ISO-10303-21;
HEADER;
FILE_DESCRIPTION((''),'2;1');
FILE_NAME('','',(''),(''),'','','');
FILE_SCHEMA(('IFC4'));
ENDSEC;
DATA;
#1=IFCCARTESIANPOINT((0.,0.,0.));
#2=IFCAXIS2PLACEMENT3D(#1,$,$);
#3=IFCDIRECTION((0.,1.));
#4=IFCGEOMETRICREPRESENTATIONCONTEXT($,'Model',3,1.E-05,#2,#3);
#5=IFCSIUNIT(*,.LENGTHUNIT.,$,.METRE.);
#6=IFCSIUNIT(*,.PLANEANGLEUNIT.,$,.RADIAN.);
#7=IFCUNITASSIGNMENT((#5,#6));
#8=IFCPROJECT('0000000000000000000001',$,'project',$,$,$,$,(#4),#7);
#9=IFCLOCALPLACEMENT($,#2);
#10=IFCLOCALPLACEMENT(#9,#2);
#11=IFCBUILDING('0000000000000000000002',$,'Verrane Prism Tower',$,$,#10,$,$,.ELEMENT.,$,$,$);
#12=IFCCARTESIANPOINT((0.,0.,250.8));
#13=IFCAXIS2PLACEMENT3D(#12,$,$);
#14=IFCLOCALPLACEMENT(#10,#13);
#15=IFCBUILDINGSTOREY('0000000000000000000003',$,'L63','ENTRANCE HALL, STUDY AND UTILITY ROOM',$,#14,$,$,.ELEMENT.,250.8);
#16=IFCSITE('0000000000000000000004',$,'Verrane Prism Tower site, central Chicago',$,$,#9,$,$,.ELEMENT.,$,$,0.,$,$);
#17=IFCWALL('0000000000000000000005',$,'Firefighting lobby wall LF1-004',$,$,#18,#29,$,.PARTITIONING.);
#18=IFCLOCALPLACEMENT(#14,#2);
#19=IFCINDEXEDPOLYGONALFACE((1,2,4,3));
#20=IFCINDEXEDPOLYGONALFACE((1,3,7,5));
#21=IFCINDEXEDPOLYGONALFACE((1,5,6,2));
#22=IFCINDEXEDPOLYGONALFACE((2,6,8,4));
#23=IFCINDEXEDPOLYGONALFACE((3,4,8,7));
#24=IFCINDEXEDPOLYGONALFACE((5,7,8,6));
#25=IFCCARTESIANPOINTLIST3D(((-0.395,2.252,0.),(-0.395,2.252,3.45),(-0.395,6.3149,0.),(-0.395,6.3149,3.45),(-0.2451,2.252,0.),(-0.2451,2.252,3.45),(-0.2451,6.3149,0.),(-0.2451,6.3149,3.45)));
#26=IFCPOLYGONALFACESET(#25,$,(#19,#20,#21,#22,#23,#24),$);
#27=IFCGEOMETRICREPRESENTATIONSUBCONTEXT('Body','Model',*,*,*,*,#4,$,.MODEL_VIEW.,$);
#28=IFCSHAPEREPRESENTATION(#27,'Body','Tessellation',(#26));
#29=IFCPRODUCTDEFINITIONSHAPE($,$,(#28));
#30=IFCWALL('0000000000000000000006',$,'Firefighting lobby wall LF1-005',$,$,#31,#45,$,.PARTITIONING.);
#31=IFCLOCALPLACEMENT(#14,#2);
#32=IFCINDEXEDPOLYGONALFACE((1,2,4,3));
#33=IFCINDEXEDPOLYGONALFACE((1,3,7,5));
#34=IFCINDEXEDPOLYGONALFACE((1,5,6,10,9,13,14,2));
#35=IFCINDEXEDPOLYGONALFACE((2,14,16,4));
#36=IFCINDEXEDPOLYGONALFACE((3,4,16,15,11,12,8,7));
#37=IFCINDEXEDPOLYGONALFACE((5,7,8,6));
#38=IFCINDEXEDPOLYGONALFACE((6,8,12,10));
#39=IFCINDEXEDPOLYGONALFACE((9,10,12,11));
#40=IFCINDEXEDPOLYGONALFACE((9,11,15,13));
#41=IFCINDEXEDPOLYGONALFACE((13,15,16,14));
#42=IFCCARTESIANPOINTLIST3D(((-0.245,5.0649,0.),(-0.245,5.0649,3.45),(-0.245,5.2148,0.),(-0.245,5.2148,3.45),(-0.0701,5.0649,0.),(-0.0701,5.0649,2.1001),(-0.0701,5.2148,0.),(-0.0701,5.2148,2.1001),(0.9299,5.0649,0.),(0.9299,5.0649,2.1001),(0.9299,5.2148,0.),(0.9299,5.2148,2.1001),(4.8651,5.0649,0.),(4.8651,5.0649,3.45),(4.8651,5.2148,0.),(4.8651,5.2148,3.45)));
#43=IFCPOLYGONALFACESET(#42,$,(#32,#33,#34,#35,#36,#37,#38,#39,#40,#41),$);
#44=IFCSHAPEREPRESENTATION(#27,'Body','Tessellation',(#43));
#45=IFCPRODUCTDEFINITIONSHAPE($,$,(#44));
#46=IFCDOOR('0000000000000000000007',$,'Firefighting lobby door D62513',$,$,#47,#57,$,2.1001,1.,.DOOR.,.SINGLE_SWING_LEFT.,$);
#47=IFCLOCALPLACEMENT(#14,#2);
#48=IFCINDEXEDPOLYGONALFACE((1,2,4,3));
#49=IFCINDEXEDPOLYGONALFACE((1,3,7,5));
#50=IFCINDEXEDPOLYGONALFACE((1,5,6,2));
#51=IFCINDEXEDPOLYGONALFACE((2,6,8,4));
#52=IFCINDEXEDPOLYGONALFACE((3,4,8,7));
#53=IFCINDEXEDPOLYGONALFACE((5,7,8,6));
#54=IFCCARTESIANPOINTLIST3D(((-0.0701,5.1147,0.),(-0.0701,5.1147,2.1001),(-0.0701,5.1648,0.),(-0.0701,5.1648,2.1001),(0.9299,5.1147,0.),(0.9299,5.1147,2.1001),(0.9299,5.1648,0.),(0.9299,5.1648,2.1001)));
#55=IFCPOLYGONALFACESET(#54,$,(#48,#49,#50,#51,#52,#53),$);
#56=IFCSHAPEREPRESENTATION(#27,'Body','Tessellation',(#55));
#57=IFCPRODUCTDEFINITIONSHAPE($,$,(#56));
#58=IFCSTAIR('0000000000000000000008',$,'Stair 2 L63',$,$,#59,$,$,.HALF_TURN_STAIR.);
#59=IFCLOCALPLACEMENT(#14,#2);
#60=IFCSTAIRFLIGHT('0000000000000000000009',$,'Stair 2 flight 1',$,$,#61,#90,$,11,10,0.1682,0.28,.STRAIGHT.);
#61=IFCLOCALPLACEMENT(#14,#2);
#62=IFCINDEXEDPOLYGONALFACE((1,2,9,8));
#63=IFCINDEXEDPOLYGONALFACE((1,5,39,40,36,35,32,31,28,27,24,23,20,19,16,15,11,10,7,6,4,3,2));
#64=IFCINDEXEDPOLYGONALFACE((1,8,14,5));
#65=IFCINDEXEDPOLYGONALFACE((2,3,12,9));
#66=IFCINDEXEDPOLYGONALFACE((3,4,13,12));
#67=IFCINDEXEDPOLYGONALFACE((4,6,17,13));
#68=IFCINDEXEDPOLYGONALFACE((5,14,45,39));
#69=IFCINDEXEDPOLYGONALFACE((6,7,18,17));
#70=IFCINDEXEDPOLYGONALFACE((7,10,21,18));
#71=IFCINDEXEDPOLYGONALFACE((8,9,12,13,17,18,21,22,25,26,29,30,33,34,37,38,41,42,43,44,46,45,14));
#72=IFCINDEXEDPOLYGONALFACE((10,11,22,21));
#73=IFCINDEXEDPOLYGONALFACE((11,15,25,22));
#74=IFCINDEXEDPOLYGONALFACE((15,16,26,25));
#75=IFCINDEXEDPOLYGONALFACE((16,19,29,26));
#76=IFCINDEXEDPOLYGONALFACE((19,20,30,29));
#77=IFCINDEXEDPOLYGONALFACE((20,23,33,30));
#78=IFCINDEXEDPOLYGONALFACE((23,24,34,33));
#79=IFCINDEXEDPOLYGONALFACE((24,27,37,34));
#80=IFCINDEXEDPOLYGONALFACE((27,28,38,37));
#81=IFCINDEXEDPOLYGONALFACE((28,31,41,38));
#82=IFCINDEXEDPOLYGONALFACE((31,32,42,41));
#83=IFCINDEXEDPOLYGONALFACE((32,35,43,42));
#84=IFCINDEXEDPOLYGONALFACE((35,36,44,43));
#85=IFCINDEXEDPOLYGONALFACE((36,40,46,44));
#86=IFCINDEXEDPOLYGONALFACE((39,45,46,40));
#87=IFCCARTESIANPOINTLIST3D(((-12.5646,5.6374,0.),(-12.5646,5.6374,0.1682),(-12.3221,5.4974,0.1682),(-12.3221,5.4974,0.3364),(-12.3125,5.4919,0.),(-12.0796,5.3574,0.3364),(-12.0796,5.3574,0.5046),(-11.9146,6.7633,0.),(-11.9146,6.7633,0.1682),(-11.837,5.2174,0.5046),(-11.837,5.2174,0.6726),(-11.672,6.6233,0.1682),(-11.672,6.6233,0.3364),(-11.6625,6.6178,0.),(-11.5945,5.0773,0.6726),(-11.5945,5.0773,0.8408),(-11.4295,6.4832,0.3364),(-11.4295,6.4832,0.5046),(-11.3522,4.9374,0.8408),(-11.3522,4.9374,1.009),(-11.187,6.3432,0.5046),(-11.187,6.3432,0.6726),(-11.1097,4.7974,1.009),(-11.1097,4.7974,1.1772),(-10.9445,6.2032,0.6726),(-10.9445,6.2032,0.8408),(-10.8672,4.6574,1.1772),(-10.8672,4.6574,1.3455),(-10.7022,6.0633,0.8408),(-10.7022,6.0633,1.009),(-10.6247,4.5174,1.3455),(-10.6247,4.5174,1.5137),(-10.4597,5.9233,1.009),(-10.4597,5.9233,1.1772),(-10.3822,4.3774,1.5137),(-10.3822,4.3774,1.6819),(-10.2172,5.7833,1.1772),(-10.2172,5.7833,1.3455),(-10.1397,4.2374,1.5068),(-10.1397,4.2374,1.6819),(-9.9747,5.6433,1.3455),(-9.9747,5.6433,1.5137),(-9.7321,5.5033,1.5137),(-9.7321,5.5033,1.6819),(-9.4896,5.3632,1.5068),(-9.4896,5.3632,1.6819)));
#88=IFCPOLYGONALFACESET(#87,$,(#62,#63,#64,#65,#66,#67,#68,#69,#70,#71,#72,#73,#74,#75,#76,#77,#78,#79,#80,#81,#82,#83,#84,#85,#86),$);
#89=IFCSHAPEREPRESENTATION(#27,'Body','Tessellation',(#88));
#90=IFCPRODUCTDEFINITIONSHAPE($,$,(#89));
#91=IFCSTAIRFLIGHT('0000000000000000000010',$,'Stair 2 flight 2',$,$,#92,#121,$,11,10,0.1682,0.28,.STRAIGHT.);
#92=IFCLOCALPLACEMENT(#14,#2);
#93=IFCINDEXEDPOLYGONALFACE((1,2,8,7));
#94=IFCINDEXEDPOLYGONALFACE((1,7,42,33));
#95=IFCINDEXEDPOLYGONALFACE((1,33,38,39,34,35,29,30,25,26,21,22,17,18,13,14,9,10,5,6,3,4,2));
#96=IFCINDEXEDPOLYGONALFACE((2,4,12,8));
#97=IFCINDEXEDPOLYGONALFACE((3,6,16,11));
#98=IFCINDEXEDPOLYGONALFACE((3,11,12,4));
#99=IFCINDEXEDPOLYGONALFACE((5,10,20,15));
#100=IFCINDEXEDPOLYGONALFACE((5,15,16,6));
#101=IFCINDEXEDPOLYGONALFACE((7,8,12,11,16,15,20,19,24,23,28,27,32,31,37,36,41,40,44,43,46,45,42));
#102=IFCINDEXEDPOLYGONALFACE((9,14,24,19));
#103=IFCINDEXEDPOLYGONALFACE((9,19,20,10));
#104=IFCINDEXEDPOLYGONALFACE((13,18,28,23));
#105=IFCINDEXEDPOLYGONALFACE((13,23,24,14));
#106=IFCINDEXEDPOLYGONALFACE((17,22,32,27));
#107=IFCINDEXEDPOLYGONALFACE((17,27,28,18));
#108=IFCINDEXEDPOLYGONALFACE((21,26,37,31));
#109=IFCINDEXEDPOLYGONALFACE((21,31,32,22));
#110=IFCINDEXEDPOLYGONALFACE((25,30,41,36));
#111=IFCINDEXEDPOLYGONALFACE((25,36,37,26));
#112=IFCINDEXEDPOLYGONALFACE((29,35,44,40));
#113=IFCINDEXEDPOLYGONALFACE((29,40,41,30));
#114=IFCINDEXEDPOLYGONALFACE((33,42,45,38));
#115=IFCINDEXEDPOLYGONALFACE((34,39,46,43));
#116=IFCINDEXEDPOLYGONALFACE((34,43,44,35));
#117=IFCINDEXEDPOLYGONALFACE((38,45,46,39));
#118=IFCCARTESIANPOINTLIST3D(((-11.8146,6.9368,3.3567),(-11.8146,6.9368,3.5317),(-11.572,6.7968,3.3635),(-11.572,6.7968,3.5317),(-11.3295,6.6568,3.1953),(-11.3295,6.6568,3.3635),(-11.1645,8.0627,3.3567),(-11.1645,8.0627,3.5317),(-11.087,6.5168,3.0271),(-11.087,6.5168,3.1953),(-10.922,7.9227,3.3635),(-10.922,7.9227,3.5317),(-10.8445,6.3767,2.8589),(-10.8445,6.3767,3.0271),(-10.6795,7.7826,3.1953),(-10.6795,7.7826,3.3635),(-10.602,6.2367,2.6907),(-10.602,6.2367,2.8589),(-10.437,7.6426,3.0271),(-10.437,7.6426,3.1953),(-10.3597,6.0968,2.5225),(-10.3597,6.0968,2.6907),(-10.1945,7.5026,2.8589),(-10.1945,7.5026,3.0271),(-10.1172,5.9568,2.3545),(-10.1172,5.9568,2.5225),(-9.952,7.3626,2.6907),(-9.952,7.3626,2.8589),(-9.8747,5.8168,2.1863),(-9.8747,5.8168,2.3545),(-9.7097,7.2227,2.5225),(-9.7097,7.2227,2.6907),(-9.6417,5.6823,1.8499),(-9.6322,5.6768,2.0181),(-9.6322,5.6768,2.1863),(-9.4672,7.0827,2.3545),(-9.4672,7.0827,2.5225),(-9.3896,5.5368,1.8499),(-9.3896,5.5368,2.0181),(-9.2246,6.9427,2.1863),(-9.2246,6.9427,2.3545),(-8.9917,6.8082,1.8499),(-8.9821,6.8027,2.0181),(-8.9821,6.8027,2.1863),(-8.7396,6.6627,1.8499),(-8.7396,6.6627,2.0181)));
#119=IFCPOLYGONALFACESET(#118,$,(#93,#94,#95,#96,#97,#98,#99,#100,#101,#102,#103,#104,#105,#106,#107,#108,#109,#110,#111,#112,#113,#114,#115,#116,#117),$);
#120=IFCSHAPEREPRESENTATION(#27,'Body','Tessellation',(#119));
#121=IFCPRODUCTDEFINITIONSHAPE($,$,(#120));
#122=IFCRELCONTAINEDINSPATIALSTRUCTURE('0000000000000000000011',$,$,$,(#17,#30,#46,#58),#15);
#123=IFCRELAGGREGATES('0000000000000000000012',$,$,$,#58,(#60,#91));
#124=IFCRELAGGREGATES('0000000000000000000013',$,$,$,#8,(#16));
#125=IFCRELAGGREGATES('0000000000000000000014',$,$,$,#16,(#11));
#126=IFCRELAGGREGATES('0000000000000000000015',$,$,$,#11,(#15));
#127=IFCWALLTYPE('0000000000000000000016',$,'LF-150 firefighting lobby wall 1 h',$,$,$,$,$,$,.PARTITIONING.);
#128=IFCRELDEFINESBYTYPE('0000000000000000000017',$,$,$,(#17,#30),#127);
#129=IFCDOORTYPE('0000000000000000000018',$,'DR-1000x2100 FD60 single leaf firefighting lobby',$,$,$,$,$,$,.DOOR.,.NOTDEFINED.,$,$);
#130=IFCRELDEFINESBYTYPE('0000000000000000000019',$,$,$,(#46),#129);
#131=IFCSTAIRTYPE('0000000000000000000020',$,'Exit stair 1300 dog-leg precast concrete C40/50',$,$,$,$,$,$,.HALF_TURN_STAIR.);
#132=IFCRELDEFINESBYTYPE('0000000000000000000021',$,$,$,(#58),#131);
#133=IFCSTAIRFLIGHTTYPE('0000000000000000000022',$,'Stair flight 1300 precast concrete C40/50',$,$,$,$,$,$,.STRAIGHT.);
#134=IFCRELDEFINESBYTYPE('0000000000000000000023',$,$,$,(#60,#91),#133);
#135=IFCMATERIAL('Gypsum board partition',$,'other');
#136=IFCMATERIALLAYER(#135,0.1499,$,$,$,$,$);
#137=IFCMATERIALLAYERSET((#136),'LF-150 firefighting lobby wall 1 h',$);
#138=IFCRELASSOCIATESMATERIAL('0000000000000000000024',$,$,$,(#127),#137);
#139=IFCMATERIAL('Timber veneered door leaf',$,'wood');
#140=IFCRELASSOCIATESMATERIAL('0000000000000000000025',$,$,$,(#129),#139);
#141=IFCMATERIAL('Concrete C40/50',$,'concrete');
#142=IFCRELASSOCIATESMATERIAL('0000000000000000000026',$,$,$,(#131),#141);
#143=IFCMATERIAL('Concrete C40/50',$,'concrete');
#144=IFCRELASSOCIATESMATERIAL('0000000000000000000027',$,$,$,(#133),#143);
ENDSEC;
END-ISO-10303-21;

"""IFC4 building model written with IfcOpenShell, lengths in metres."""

from ifc_helpers import new_model, si_unit, direction, frame, frame_2d, origin, place, context, subcontext, project, spatial, polyline, rectangle, outline, extrude, material, layer, layer_set, type_object, element, fill, aggregate, save


model = new_model("IFC4")

# Units and contexts
model_context = context("Model", 3, precision=1e-05, world=origin(), true_north=direction((0.0, 1.0)))
body_context = subcontext(model_context, "Body", "Model", "MODEL_VIEW")
ifc_project = project(units=[si_unit("LENGTHUNIT", "METRE"), si_unit("PLANEANGLEUNIT", "RADIAN")], contexts=[model_context])

# Site, building, storey
site_placement = place(None, origin())
site = spatial("IfcSite", under=ifc_project, at=site_placement, Name="Verrane Prism Tower site, central Chicago", CompositionType="ELEMENT", RefElevation=0.0)
building_placement = place(site_placement, origin())
building = spatial("IfcBuilding", under=site, at=building_placement, Name="Verrane Prism Tower", CompositionType="ELEMENT")
storey_placement = place(building_placement, frame((0.0, 0.0, 250.8)))
storey = spatial("IfcBuildingStorey", under=building, at=storey_placement, Name="L63", Description="ENTRANCE HALL, STUDY AND UTILITY ROOM", CompositionType="ELEMENT", Elevation=250.8)

# Shared definitions
ifc_material_1 = material(Name="Gypsum board partition", Category="other")
ifc_layer_1 = layer(ifc_material_1, 0.1499)
ifc_layer_set_1 = layer_set([ifc_layer_1], Name="LF-150 firefighting lobby wall 1 h")
wall_type_1 = type_object("IfcWallType", Name="LF-150 firefighting lobby wall 1 h", PredefinedType="PARTITIONING", material=ifc_layer_set_1)
ifc_material_2 = material(Name="Timber veneered door leaf", Category="wood")
door_type_1 = type_object("IfcDoorType", Name="DR-1000x2100 FD60 single leaf firefighting lobby", OperationType="NOTDEFINED", PredefinedType="DOOR", material=ifc_material_2)

# Wall
wall_1_placement = place(storey_placement, frame((-0.3201, 2.252, 0.0), z_axis=(0.0, 0.0, 1.0), x_axis=(0.0, 1.0, 0.0)))
element("IfcWall", 1, at=wall_1_placement, inside=storey, type_object=wall_type_1, Name="Firefighting lobby wall LF1-004", PredefinedType="PARTITIONING", context=body_context, shape_type="SweptSolid", body=[
    extrude(rectangle(XDim=4.063, YDim=0.1499, at=frame_2d((2.0315, 0.0))), origin(), (0.0, 0.0, 1.0), 3.45),
])

# Wall, opening, door
wall_2_placement = place(storey_placement, frame((-0.2451, 5.1399, 0.0), z_axis=(0.0, 0.0, 1.0), x_axis=(1.0, 0.0, 0.0)))
wall_2 = element("IfcWall", 2, at=wall_2_placement, inside=storey, type_object=wall_type_1, Name="Firefighting lobby wall LF1-005", PredefinedType="PARTITIONING", context=body_context, shape_type="SweptSolid", body=[
    extrude(rectangle(XDim=5.1101, YDim=0.1499, at=frame_2d((2.5552, 0.0))), origin(), (0.0, 0.0, 1.0), 3.45),
])
opening_1_placement = place(wall_2_placement, frame((0.175, 0.0, 0.0)))
opening_1 = element("IfcOpeningElement", 3, at=opening_1_placement, cuts=wall_2, PredefinedType="OPENING", context=body_context, shape_type="SweptSolid", body=[
    extrude(rectangle(XDim=1.0, YDim=2.1001, at=frame_2d((0.5, 1.05))), frame((0.0, 0.085, 0.0), z_axis=(0.0, -1.0, 0.0), x_axis=(1.0, 0.0, 0.0)), (0.0, 0.0, 1.0), 0.1699),
])
door_1_placement = place(opening_1_placement, origin())
door_1 = element("IfcDoor", 4, at=door_1_placement, inside=storey, type_object=door_type_1, Name="Firefighting lobby door D62513", OperationType="SINGLE_SWING_LEFT", OverallHeight=2.1001, OverallWidth=1.0, PredefinedType="DOOR", context=body_context, shape_type="SweptSolid", body=[
    extrude(rectangle(XDim=1.0, YDim=2.1001, at=frame_2d((0.5, 1.05))), frame((0.0, 0.0249, 0.0), z_axis=(0.0, -1.0, 0.0), x_axis=(1.0, 0.0, 0.0)), (0.0, 0.0, 1.0), 0.05),
])
fill(opening_1, door_1)

# Stair, stair flights
ifc_material_3 = material(Name="Concrete C40/50", Category="concrete")
stair_type = type_object("IfcStairType", Name="Exit stair 1300 dog-leg precast concrete C40/50", PredefinedType="HALF_TURN_STAIR", material=ifc_material_3)
stair_placement = place(storey_placement, origin())
stair = element("IfcStair", 5, at=stair_placement, inside=storey, type_object=stair_type, Name="Stair 2 L63", PredefinedType="HALF_TURN_STAIR")
ifc_material_4 = material(Name="Concrete C40/50", Category="concrete")
stair_flight_type = type_object("IfcStairFlightType", Name="Stair flight 1300 precast concrete C40/50", PredefinedType="STRAIGHT", material=ifc_material_4)
stair_flight_1_placement = place(storey_placement, frame((-12.2395, 6.2004, 0.0), z_axis=(0.0, 0.0, 1.0), x_axis=(0.866025, -0.5, 0.0)))
stair_flight_1 = element("IfcStairFlight", 6, at=stair_flight_1_placement, type_object=stair_flight_type, Name="Stair 2 flight 1", NumberOfRisers=11, NumberOfTreads=10, PredefinedType="STRAIGHT", RiserHeight=0.1682, TreadLength=0.28, context=body_context, shape_type="SweptSolid", body=[
    extrude(outline(polyline([(0.0, 0.0), (0.0, 0.1682), (0.28, 0.1682), (0.28, 0.3364), (0.5601, 0.3364), (0.5601, 0.5046), (0.8401, 0.5046), (0.8401, 0.6726), (1.1201, 0.6726), (1.1201, 0.8408), (1.3999, 0.8408), (1.3999, 1.009), (1.6799, 1.009), (1.6799, 1.1772), (1.96, 1.1772), (1.96, 1.3455), (2.24, 1.3455), (2.24, 1.5137), (2.52, 1.5137), (2.52, 1.6819), (2.8, 1.6819), (2.8, 1.8501), (2.8, 1.5068), (0.291, 0.0), (0.0, 0.0)])), frame((0.0, 0.6499, 0.0), z_axis=(0.0, -1.0, 0.0), x_axis=(1.0, 0.0, 0.0)), (0.0, 0.0, 1.0), 1.3),
])
stair_flight_2_placement = place(storey_placement, frame((-9.0647, 6.0996, 1.8499), z_axis=(0.0, 0.0, 1.0), x_axis=(-0.866025, 0.5, 0.0)))
stair_flight_2 = element("IfcStairFlight", 7, at=stair_flight_2_placement, type_object=stair_flight_type, Name="Stair 2 flight 2", NumberOfRisers=11, NumberOfTreads=10, PredefinedType="STRAIGHT", RiserHeight=0.1682, TreadLength=0.28, context=body_context, shape_type="SweptSolid", body=[
    extrude(outline(polyline([(0.0, 0.0), (0.0, 0.1682), (0.28, 0.1682), (0.28, 0.3364), (0.5601, 0.3364), (0.5601, 0.5046), (0.8401, 0.5046), (0.8401, 0.6726), (1.1201, 0.6726), (1.1201, 0.8408), (1.3999, 0.8408), (1.3999, 1.009), (1.6799, 1.009), (1.6799, 1.1772), (1.96, 1.1772), (1.96, 1.3455), (2.24, 1.3455), (2.24, 1.5137), (2.52, 1.5137), (2.52, 1.6819), (2.8, 1.6819), (2.8, 1.8501), (2.8, 1.5068), (0.291, 0.0), (0.0, 0.0)])), frame((0.0, 0.6499, 0.0), z_axis=(0.0, -1.0, 0.0), x_axis=(1.0, 0.0, 0.0)), (0.0, 0.0, 1.0), 1.3),
])
aggregate(stair, [stair_flight_1, stair_flight_2])

save(model, "model.ifc")
